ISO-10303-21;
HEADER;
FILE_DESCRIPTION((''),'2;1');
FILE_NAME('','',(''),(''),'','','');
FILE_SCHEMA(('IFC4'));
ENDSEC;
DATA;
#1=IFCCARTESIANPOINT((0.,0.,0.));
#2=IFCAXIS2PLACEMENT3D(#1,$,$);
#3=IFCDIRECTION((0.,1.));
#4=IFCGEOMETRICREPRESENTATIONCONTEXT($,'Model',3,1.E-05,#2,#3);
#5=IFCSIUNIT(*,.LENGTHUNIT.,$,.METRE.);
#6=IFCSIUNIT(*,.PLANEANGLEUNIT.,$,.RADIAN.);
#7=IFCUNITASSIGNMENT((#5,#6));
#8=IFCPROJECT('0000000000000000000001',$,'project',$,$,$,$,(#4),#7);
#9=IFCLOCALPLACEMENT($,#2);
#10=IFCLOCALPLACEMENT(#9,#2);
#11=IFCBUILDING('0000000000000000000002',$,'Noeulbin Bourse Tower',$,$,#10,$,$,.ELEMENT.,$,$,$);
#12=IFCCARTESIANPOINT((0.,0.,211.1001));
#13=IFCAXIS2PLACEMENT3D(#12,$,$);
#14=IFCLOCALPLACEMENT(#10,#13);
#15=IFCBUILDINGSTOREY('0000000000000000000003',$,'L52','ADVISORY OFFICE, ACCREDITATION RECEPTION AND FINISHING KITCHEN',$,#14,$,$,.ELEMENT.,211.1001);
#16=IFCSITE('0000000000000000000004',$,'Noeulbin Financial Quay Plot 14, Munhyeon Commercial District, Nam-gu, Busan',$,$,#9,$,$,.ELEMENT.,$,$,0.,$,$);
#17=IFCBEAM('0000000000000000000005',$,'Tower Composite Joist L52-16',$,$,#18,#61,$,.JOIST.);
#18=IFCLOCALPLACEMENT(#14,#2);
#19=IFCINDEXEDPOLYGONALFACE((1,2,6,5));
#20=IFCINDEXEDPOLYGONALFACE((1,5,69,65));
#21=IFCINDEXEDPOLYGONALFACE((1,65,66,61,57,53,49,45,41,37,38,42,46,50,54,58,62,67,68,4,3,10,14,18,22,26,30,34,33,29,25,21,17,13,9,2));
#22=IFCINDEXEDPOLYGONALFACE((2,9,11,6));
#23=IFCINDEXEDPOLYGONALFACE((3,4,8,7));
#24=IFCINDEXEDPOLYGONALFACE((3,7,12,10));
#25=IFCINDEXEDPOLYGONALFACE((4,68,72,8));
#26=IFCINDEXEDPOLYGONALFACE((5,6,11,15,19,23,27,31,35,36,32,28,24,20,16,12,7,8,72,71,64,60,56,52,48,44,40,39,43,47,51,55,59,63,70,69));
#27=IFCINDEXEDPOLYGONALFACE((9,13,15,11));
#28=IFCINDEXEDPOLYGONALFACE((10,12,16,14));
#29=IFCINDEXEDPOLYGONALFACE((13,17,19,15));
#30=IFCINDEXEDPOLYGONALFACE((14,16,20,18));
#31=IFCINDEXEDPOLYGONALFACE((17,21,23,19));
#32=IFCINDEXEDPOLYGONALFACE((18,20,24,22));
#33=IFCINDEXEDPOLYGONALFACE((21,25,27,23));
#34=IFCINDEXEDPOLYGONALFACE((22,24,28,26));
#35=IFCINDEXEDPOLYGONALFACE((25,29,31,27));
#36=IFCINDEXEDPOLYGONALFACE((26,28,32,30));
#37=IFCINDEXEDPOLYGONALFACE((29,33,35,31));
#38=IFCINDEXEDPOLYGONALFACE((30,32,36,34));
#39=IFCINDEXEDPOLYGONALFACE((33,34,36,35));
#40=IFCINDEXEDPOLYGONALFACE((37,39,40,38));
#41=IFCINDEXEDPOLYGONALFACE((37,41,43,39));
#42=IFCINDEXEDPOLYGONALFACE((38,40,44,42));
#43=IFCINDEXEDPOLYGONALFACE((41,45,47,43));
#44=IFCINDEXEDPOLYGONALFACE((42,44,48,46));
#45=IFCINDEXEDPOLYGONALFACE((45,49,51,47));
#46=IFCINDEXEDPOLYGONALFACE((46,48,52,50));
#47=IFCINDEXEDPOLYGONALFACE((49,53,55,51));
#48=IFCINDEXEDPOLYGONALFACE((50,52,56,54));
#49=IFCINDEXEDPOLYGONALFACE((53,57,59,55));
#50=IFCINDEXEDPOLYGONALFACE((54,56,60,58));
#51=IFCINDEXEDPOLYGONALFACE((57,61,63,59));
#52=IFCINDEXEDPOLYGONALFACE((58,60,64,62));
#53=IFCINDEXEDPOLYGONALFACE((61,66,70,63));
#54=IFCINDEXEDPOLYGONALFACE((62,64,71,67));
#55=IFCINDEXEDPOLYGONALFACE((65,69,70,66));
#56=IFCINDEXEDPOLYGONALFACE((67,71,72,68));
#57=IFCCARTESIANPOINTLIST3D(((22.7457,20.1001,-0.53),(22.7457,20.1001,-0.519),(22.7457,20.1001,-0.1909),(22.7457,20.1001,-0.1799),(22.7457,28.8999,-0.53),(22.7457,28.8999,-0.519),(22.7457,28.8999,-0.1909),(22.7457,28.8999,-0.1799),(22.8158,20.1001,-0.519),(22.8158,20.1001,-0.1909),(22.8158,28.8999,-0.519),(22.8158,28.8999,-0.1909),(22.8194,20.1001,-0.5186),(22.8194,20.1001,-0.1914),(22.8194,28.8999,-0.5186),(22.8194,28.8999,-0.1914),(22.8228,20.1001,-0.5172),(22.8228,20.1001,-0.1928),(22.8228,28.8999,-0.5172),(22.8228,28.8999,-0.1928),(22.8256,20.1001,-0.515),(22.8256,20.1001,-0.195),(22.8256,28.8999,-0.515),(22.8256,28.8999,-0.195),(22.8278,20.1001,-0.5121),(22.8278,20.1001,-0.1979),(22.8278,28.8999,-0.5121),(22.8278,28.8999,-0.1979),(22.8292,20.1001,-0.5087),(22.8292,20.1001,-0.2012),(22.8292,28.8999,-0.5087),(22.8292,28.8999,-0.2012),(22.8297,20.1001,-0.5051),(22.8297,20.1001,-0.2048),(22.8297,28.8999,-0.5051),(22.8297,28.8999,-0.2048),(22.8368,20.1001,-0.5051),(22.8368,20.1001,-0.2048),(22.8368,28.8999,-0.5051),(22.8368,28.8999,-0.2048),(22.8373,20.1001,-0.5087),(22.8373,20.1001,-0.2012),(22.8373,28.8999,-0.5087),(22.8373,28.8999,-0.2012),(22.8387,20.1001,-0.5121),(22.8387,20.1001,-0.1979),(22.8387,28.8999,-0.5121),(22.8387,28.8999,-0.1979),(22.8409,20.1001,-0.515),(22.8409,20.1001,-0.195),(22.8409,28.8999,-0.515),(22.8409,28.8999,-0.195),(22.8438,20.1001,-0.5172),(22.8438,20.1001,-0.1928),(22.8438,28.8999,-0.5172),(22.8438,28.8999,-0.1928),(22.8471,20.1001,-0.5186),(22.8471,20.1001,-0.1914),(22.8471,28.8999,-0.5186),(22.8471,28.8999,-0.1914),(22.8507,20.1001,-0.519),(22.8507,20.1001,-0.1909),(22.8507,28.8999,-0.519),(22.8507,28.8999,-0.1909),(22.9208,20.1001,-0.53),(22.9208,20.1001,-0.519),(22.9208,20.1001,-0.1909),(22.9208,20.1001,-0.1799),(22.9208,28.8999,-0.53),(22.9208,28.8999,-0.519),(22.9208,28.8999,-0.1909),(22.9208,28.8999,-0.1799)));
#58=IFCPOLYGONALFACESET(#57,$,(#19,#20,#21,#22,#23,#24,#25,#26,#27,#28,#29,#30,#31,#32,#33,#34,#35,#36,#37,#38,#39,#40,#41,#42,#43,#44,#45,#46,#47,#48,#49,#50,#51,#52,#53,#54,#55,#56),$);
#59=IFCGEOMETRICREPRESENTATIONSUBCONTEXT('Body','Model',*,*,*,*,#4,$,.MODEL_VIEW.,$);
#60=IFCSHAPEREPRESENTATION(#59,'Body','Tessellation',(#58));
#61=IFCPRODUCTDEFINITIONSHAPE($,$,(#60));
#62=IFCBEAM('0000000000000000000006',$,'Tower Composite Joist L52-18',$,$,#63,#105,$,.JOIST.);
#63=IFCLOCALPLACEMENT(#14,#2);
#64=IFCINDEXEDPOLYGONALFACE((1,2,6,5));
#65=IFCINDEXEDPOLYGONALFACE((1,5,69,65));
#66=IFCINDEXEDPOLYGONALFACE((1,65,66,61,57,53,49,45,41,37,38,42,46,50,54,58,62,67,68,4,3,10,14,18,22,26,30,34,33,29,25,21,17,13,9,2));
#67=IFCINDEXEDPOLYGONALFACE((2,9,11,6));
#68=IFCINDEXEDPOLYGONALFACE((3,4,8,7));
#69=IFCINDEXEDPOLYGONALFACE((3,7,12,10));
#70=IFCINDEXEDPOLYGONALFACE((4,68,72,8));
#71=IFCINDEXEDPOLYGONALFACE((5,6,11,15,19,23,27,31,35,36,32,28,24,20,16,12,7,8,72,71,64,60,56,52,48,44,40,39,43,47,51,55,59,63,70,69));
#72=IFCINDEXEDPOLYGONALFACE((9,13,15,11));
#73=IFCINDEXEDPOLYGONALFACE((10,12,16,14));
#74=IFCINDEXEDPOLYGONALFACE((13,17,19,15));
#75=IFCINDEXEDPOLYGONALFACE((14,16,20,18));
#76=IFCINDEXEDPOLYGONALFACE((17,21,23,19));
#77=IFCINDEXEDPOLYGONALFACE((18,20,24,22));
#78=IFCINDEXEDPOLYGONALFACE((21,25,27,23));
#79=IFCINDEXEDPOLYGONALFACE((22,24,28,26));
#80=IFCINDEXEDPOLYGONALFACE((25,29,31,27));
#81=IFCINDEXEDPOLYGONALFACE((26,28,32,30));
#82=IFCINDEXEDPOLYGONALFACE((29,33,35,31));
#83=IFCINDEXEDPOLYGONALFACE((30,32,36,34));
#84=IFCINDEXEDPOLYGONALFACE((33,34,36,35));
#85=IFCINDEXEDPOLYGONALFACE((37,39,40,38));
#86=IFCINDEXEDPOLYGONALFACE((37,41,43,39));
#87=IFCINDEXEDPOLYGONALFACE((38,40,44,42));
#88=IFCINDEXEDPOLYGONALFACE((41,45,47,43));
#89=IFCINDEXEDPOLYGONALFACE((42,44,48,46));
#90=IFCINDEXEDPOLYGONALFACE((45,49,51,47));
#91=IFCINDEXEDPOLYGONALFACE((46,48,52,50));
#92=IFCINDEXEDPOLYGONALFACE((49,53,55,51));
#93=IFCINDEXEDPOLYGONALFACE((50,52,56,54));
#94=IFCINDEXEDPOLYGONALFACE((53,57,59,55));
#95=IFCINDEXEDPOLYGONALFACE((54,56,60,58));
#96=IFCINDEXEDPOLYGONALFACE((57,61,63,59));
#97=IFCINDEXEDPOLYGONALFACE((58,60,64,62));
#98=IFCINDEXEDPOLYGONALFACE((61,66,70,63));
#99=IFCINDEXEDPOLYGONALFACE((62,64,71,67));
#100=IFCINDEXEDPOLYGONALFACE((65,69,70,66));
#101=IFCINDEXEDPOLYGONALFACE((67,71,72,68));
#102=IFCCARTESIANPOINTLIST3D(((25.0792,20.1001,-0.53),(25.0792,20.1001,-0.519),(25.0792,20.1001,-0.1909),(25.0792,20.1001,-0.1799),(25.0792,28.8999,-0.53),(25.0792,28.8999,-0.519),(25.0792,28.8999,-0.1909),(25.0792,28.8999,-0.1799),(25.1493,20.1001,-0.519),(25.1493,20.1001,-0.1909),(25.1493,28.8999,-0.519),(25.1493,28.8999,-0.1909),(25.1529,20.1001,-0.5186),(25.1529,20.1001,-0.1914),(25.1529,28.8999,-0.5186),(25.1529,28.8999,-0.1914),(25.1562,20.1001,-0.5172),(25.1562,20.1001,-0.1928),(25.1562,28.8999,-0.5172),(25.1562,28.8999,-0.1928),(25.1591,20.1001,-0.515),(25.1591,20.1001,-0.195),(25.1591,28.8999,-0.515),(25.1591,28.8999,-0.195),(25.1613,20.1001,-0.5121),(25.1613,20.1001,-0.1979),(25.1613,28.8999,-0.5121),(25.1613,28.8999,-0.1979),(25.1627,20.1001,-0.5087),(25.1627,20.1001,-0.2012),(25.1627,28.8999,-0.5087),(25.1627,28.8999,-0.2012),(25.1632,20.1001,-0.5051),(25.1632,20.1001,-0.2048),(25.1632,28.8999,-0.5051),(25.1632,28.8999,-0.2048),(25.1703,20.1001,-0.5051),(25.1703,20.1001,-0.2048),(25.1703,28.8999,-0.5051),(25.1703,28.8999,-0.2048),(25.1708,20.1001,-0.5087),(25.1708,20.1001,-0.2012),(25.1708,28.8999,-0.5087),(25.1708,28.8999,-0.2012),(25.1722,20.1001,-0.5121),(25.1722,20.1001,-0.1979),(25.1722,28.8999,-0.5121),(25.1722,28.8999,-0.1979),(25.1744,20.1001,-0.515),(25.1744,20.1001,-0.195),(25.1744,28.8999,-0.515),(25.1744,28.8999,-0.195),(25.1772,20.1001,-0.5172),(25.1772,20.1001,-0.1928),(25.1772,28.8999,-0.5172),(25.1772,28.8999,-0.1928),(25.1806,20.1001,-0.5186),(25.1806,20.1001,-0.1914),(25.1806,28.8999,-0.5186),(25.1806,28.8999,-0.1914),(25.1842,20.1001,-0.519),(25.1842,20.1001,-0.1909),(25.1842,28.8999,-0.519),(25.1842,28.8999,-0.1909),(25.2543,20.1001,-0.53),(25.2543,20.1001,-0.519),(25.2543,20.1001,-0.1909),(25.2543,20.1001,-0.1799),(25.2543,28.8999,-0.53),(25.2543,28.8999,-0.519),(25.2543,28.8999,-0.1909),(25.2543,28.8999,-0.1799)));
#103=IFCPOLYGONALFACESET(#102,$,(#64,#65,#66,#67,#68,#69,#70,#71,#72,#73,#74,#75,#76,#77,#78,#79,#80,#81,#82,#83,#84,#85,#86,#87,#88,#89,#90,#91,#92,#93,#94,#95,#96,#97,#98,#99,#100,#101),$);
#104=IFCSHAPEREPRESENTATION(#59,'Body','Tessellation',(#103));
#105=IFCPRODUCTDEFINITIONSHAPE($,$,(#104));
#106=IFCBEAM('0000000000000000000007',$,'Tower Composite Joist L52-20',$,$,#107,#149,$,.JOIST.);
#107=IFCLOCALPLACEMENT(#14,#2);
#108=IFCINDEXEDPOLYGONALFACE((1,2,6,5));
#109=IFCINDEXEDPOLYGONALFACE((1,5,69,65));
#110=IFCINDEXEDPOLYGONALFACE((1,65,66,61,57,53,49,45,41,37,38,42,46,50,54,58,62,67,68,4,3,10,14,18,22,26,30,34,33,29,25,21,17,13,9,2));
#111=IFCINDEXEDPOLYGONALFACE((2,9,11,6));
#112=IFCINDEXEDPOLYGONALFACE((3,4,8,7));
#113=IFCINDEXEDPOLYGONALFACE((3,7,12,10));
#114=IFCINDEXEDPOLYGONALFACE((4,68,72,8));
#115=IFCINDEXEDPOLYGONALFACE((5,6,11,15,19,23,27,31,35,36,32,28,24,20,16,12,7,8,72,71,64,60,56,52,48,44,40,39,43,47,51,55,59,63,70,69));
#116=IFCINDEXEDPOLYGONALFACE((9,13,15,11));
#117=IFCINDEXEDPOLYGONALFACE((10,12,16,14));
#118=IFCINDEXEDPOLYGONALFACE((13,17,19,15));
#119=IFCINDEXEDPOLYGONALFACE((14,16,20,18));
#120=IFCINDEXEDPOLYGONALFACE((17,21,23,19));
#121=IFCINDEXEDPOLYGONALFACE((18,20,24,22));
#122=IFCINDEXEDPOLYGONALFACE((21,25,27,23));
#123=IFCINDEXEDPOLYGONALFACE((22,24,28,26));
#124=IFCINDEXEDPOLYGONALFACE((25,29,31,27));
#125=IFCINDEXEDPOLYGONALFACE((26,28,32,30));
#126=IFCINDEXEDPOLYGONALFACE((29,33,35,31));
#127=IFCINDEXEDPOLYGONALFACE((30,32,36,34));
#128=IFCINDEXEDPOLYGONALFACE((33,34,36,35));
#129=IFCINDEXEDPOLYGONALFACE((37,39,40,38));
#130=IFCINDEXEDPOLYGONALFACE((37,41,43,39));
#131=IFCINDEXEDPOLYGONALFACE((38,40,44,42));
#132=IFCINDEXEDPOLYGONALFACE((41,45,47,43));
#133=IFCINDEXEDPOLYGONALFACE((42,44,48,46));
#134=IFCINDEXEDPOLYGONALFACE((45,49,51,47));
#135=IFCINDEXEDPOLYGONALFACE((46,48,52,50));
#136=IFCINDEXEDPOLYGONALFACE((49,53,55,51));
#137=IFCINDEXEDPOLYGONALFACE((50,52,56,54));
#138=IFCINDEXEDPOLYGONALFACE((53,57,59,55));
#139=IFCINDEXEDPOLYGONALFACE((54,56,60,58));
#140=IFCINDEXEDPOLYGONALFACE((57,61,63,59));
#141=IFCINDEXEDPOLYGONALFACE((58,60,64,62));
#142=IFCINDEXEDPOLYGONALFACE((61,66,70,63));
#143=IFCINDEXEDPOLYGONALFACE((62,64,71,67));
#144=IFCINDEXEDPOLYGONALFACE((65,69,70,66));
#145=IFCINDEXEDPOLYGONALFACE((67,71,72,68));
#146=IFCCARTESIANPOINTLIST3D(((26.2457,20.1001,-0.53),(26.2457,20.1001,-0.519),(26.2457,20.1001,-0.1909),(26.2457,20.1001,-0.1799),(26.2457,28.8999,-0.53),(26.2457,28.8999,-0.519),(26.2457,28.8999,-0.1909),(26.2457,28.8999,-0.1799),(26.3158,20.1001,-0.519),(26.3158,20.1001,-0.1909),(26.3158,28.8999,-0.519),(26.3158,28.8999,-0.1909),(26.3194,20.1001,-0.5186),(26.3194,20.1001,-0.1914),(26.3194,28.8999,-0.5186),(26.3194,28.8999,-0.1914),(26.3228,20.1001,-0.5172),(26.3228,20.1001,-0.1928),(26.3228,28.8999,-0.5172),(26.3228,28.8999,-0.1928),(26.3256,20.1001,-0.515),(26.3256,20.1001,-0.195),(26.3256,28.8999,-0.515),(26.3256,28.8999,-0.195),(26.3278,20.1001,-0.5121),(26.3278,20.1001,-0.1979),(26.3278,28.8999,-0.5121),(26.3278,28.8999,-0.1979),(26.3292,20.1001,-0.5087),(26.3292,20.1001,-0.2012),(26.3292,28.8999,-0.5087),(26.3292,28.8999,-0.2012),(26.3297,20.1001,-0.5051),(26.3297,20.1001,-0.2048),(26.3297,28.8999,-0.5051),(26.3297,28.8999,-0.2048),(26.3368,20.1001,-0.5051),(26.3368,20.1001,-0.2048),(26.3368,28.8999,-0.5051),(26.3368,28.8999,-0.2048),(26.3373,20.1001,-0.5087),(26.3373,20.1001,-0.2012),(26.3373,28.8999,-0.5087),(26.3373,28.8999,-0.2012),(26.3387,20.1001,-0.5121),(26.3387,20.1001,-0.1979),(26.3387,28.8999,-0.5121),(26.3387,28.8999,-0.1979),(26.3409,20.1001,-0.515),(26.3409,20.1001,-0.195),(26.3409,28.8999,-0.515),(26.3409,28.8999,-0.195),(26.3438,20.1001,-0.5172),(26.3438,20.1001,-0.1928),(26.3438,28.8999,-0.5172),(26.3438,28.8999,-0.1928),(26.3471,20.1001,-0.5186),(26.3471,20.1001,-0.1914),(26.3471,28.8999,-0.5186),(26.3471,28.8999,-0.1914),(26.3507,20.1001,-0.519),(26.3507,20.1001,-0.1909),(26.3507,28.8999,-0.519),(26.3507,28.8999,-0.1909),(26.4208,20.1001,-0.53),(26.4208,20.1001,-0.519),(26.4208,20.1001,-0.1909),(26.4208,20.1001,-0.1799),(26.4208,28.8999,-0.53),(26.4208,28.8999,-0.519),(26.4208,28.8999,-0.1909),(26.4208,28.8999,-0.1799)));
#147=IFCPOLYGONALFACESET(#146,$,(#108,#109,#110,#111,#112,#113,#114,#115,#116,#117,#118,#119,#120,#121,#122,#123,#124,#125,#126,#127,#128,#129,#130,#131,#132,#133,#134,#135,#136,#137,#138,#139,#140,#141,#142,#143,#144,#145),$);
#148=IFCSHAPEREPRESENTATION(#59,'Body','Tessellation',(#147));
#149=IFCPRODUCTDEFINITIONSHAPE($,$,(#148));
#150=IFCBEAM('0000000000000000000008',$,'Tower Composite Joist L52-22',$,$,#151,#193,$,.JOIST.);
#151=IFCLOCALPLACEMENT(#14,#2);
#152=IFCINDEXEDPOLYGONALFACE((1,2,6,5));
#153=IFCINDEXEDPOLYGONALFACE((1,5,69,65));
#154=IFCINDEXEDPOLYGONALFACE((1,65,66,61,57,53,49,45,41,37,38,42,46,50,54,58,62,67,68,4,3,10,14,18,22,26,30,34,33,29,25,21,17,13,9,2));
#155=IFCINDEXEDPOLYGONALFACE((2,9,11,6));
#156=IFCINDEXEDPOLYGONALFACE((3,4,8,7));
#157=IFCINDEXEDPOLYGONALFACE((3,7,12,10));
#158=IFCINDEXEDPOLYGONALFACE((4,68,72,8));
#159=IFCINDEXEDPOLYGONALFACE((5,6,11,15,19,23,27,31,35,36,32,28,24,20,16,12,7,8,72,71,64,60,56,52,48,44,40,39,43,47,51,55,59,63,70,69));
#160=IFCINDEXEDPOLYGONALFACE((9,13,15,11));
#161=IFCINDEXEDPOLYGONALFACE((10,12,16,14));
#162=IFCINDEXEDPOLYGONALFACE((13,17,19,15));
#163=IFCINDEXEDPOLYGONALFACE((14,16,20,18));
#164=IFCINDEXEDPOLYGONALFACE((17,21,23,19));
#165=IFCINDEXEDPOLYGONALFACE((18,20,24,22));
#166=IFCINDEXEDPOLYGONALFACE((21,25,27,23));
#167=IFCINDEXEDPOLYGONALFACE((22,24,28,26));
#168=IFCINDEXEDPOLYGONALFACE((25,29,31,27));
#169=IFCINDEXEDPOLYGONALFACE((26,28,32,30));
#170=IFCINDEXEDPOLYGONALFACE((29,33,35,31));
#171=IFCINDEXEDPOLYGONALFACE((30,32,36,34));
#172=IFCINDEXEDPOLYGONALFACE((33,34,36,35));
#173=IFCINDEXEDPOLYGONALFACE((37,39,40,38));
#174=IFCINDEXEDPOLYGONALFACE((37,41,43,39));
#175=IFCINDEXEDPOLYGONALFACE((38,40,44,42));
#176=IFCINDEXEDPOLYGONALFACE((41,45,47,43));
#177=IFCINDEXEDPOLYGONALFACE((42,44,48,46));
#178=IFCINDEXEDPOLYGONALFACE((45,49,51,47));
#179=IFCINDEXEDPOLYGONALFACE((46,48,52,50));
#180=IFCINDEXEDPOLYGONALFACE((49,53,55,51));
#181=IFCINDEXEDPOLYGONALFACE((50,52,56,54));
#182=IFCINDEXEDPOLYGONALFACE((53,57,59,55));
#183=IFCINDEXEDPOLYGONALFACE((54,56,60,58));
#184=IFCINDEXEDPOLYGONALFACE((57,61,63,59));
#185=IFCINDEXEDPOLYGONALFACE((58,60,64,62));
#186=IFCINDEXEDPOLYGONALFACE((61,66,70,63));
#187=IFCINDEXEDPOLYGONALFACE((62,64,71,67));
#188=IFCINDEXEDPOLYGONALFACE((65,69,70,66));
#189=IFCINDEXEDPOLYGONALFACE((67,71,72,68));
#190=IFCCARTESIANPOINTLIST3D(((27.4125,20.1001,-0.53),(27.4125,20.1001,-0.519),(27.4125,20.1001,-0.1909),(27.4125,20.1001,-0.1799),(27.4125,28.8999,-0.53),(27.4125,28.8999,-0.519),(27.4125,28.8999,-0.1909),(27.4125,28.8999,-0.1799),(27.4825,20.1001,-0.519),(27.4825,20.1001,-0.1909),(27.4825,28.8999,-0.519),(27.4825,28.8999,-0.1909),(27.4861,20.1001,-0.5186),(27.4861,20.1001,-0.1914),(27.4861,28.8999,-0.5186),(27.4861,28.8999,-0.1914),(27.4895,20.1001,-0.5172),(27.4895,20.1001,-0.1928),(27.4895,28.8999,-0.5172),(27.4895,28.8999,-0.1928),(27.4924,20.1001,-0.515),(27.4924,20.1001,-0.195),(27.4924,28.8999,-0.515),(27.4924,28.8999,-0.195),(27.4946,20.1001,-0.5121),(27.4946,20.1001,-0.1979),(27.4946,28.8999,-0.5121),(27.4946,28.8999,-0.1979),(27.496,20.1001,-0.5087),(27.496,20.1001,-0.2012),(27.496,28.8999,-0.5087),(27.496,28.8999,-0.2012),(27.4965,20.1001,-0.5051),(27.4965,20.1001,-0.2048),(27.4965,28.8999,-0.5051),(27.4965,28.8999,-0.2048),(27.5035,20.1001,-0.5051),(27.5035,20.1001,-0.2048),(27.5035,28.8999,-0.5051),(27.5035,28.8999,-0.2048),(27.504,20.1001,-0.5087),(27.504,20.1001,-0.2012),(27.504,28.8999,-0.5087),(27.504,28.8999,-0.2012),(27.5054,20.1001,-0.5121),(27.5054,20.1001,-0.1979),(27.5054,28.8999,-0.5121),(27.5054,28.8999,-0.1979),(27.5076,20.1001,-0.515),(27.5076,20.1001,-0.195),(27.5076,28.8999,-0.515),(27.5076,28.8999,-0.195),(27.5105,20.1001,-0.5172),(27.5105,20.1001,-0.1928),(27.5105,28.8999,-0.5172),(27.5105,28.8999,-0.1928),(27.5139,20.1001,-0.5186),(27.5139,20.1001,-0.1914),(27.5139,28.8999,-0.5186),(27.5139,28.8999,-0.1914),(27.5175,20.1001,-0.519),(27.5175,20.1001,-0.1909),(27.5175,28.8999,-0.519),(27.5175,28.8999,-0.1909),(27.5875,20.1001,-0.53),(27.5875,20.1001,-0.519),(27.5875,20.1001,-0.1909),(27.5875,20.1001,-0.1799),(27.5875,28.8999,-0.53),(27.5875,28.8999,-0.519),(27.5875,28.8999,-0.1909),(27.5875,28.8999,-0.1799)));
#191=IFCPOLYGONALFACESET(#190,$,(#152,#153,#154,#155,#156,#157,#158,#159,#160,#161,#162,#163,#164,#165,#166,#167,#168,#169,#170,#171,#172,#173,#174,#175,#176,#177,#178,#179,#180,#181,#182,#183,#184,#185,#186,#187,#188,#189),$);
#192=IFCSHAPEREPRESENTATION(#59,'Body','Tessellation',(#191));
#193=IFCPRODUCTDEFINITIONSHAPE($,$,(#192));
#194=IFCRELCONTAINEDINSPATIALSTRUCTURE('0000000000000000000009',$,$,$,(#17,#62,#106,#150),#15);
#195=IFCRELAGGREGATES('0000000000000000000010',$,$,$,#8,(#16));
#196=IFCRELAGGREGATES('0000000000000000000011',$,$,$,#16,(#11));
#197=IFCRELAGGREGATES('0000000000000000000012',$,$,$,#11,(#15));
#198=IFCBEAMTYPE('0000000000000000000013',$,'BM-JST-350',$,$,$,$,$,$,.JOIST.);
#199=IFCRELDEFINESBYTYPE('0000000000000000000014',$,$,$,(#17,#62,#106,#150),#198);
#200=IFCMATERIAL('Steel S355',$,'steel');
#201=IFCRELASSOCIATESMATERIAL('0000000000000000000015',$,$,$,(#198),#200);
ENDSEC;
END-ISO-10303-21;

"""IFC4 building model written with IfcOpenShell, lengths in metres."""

from ifc_helpers import new_model, si_unit, direction, frame, origin, origin_2d, place, context, subcontext, project, spatial, i_section, extrude, material, material_profile, profile_set, type_object, element, save


model = new_model("IFC4")

# Units and contexts
model_context = context("Model", 3, precision=1e-05, world=origin(), true_north=direction((0.0, 1.0)))
body_context = subcontext(model_context, "Body", "Model", "MODEL_VIEW")
ifc_project = project(units=[si_unit("LENGTHUNIT", "METRE"), si_unit("PLANEANGLEUNIT", "RADIAN")], contexts=[model_context])

# Site, building, storey
site_placement = place(None, origin())
site = spatial("IfcSite", under=ifc_project, at=site_placement, Name="Noeulbin Financial Quay Plot 14, Munhyeon Commercial District, Nam-gu, Busan", CompositionType="ELEMENT", RefElevation=0.0)
building_placement = place(site_placement, origin())
building = spatial("IfcBuilding", under=site, at=building_placement, Name="Noeulbin Bourse Tower", CompositionType="ELEMENT")
storey_placement = place(building_placement, frame((0.0, 0.0, 211.1001)))
storey = spatial("IfcBuildingStorey", under=building, at=storey_placement, Name="L52", Description="ADVISORY OFFICE, ACCREDITATION RECEPTION AND FINISHING KITCHEN", CompositionType="ELEMENT", Elevation=211.1001)

# Shared definitions
ifc_material_1 = material(Name="Steel S355", Category="steel")

# Beams
ifc_material_profile_1 = material_profile(ifc_material_1, i_section(OverallWidth=0.175, OverallDepth=0.3501, WebThickness=0.0071, FlangeThickness=0.011, FilletRadius=0.0139, at=origin_2d()), Name="H-350x175x7x11", Category="LoadBearing")
ifc_profile_set_1 = profile_set([ifc_material_profile_1], Name="Steel S355")
beam_type_1 = type_object("IfcBeamType", Name="BM-JST-350", PredefinedType="JOIST", material=ifc_profile_set_1)
for number, where, z_axis, x_axis, name in (
    (1, (22.8333, 20.1001, -0.355), (0.0, 1.0, 0.0), (-1.0, 0.0, 0.0), "Tower Composite Joist L52-16"),
    (2, (25.1667, 20.1001, -0.355), (0.0, 1.0, 0.0), (-1.0, 0.0, 0.0), "Tower Composite Joist L52-18"),
    (3, (26.3333, 20.1001, -0.355), (0.0, 1.0, 0.0), (-1.0, 0.0, 0.0), "Tower Composite Joist L52-20"),
    (4, (27.5, 20.1001, -0.355), (0.0, 1.0, 0.0), (-1.0, 0.0, 0.0), "Tower Composite Joist L52-22"),
):
    element("IfcBeam", number, at=place(storey_placement, frame(where, z_axis=z_axis, x_axis=x_axis)), inside=storey, type_object=beam_type_1, Name=name, PredefinedType="JOIST", context=body_context, shape_type="SweptSolid", body=[
        extrude(i_section(OverallWidth=0.175, OverallDepth=0.3501, WebThickness=0.0071, FlangeThickness=0.011, FilletRadius=0.0139, at=origin_2d()), origin(), (0.0, 0.0, 1.0), 8.7998),
    ])

save(model, "model.ifc")
